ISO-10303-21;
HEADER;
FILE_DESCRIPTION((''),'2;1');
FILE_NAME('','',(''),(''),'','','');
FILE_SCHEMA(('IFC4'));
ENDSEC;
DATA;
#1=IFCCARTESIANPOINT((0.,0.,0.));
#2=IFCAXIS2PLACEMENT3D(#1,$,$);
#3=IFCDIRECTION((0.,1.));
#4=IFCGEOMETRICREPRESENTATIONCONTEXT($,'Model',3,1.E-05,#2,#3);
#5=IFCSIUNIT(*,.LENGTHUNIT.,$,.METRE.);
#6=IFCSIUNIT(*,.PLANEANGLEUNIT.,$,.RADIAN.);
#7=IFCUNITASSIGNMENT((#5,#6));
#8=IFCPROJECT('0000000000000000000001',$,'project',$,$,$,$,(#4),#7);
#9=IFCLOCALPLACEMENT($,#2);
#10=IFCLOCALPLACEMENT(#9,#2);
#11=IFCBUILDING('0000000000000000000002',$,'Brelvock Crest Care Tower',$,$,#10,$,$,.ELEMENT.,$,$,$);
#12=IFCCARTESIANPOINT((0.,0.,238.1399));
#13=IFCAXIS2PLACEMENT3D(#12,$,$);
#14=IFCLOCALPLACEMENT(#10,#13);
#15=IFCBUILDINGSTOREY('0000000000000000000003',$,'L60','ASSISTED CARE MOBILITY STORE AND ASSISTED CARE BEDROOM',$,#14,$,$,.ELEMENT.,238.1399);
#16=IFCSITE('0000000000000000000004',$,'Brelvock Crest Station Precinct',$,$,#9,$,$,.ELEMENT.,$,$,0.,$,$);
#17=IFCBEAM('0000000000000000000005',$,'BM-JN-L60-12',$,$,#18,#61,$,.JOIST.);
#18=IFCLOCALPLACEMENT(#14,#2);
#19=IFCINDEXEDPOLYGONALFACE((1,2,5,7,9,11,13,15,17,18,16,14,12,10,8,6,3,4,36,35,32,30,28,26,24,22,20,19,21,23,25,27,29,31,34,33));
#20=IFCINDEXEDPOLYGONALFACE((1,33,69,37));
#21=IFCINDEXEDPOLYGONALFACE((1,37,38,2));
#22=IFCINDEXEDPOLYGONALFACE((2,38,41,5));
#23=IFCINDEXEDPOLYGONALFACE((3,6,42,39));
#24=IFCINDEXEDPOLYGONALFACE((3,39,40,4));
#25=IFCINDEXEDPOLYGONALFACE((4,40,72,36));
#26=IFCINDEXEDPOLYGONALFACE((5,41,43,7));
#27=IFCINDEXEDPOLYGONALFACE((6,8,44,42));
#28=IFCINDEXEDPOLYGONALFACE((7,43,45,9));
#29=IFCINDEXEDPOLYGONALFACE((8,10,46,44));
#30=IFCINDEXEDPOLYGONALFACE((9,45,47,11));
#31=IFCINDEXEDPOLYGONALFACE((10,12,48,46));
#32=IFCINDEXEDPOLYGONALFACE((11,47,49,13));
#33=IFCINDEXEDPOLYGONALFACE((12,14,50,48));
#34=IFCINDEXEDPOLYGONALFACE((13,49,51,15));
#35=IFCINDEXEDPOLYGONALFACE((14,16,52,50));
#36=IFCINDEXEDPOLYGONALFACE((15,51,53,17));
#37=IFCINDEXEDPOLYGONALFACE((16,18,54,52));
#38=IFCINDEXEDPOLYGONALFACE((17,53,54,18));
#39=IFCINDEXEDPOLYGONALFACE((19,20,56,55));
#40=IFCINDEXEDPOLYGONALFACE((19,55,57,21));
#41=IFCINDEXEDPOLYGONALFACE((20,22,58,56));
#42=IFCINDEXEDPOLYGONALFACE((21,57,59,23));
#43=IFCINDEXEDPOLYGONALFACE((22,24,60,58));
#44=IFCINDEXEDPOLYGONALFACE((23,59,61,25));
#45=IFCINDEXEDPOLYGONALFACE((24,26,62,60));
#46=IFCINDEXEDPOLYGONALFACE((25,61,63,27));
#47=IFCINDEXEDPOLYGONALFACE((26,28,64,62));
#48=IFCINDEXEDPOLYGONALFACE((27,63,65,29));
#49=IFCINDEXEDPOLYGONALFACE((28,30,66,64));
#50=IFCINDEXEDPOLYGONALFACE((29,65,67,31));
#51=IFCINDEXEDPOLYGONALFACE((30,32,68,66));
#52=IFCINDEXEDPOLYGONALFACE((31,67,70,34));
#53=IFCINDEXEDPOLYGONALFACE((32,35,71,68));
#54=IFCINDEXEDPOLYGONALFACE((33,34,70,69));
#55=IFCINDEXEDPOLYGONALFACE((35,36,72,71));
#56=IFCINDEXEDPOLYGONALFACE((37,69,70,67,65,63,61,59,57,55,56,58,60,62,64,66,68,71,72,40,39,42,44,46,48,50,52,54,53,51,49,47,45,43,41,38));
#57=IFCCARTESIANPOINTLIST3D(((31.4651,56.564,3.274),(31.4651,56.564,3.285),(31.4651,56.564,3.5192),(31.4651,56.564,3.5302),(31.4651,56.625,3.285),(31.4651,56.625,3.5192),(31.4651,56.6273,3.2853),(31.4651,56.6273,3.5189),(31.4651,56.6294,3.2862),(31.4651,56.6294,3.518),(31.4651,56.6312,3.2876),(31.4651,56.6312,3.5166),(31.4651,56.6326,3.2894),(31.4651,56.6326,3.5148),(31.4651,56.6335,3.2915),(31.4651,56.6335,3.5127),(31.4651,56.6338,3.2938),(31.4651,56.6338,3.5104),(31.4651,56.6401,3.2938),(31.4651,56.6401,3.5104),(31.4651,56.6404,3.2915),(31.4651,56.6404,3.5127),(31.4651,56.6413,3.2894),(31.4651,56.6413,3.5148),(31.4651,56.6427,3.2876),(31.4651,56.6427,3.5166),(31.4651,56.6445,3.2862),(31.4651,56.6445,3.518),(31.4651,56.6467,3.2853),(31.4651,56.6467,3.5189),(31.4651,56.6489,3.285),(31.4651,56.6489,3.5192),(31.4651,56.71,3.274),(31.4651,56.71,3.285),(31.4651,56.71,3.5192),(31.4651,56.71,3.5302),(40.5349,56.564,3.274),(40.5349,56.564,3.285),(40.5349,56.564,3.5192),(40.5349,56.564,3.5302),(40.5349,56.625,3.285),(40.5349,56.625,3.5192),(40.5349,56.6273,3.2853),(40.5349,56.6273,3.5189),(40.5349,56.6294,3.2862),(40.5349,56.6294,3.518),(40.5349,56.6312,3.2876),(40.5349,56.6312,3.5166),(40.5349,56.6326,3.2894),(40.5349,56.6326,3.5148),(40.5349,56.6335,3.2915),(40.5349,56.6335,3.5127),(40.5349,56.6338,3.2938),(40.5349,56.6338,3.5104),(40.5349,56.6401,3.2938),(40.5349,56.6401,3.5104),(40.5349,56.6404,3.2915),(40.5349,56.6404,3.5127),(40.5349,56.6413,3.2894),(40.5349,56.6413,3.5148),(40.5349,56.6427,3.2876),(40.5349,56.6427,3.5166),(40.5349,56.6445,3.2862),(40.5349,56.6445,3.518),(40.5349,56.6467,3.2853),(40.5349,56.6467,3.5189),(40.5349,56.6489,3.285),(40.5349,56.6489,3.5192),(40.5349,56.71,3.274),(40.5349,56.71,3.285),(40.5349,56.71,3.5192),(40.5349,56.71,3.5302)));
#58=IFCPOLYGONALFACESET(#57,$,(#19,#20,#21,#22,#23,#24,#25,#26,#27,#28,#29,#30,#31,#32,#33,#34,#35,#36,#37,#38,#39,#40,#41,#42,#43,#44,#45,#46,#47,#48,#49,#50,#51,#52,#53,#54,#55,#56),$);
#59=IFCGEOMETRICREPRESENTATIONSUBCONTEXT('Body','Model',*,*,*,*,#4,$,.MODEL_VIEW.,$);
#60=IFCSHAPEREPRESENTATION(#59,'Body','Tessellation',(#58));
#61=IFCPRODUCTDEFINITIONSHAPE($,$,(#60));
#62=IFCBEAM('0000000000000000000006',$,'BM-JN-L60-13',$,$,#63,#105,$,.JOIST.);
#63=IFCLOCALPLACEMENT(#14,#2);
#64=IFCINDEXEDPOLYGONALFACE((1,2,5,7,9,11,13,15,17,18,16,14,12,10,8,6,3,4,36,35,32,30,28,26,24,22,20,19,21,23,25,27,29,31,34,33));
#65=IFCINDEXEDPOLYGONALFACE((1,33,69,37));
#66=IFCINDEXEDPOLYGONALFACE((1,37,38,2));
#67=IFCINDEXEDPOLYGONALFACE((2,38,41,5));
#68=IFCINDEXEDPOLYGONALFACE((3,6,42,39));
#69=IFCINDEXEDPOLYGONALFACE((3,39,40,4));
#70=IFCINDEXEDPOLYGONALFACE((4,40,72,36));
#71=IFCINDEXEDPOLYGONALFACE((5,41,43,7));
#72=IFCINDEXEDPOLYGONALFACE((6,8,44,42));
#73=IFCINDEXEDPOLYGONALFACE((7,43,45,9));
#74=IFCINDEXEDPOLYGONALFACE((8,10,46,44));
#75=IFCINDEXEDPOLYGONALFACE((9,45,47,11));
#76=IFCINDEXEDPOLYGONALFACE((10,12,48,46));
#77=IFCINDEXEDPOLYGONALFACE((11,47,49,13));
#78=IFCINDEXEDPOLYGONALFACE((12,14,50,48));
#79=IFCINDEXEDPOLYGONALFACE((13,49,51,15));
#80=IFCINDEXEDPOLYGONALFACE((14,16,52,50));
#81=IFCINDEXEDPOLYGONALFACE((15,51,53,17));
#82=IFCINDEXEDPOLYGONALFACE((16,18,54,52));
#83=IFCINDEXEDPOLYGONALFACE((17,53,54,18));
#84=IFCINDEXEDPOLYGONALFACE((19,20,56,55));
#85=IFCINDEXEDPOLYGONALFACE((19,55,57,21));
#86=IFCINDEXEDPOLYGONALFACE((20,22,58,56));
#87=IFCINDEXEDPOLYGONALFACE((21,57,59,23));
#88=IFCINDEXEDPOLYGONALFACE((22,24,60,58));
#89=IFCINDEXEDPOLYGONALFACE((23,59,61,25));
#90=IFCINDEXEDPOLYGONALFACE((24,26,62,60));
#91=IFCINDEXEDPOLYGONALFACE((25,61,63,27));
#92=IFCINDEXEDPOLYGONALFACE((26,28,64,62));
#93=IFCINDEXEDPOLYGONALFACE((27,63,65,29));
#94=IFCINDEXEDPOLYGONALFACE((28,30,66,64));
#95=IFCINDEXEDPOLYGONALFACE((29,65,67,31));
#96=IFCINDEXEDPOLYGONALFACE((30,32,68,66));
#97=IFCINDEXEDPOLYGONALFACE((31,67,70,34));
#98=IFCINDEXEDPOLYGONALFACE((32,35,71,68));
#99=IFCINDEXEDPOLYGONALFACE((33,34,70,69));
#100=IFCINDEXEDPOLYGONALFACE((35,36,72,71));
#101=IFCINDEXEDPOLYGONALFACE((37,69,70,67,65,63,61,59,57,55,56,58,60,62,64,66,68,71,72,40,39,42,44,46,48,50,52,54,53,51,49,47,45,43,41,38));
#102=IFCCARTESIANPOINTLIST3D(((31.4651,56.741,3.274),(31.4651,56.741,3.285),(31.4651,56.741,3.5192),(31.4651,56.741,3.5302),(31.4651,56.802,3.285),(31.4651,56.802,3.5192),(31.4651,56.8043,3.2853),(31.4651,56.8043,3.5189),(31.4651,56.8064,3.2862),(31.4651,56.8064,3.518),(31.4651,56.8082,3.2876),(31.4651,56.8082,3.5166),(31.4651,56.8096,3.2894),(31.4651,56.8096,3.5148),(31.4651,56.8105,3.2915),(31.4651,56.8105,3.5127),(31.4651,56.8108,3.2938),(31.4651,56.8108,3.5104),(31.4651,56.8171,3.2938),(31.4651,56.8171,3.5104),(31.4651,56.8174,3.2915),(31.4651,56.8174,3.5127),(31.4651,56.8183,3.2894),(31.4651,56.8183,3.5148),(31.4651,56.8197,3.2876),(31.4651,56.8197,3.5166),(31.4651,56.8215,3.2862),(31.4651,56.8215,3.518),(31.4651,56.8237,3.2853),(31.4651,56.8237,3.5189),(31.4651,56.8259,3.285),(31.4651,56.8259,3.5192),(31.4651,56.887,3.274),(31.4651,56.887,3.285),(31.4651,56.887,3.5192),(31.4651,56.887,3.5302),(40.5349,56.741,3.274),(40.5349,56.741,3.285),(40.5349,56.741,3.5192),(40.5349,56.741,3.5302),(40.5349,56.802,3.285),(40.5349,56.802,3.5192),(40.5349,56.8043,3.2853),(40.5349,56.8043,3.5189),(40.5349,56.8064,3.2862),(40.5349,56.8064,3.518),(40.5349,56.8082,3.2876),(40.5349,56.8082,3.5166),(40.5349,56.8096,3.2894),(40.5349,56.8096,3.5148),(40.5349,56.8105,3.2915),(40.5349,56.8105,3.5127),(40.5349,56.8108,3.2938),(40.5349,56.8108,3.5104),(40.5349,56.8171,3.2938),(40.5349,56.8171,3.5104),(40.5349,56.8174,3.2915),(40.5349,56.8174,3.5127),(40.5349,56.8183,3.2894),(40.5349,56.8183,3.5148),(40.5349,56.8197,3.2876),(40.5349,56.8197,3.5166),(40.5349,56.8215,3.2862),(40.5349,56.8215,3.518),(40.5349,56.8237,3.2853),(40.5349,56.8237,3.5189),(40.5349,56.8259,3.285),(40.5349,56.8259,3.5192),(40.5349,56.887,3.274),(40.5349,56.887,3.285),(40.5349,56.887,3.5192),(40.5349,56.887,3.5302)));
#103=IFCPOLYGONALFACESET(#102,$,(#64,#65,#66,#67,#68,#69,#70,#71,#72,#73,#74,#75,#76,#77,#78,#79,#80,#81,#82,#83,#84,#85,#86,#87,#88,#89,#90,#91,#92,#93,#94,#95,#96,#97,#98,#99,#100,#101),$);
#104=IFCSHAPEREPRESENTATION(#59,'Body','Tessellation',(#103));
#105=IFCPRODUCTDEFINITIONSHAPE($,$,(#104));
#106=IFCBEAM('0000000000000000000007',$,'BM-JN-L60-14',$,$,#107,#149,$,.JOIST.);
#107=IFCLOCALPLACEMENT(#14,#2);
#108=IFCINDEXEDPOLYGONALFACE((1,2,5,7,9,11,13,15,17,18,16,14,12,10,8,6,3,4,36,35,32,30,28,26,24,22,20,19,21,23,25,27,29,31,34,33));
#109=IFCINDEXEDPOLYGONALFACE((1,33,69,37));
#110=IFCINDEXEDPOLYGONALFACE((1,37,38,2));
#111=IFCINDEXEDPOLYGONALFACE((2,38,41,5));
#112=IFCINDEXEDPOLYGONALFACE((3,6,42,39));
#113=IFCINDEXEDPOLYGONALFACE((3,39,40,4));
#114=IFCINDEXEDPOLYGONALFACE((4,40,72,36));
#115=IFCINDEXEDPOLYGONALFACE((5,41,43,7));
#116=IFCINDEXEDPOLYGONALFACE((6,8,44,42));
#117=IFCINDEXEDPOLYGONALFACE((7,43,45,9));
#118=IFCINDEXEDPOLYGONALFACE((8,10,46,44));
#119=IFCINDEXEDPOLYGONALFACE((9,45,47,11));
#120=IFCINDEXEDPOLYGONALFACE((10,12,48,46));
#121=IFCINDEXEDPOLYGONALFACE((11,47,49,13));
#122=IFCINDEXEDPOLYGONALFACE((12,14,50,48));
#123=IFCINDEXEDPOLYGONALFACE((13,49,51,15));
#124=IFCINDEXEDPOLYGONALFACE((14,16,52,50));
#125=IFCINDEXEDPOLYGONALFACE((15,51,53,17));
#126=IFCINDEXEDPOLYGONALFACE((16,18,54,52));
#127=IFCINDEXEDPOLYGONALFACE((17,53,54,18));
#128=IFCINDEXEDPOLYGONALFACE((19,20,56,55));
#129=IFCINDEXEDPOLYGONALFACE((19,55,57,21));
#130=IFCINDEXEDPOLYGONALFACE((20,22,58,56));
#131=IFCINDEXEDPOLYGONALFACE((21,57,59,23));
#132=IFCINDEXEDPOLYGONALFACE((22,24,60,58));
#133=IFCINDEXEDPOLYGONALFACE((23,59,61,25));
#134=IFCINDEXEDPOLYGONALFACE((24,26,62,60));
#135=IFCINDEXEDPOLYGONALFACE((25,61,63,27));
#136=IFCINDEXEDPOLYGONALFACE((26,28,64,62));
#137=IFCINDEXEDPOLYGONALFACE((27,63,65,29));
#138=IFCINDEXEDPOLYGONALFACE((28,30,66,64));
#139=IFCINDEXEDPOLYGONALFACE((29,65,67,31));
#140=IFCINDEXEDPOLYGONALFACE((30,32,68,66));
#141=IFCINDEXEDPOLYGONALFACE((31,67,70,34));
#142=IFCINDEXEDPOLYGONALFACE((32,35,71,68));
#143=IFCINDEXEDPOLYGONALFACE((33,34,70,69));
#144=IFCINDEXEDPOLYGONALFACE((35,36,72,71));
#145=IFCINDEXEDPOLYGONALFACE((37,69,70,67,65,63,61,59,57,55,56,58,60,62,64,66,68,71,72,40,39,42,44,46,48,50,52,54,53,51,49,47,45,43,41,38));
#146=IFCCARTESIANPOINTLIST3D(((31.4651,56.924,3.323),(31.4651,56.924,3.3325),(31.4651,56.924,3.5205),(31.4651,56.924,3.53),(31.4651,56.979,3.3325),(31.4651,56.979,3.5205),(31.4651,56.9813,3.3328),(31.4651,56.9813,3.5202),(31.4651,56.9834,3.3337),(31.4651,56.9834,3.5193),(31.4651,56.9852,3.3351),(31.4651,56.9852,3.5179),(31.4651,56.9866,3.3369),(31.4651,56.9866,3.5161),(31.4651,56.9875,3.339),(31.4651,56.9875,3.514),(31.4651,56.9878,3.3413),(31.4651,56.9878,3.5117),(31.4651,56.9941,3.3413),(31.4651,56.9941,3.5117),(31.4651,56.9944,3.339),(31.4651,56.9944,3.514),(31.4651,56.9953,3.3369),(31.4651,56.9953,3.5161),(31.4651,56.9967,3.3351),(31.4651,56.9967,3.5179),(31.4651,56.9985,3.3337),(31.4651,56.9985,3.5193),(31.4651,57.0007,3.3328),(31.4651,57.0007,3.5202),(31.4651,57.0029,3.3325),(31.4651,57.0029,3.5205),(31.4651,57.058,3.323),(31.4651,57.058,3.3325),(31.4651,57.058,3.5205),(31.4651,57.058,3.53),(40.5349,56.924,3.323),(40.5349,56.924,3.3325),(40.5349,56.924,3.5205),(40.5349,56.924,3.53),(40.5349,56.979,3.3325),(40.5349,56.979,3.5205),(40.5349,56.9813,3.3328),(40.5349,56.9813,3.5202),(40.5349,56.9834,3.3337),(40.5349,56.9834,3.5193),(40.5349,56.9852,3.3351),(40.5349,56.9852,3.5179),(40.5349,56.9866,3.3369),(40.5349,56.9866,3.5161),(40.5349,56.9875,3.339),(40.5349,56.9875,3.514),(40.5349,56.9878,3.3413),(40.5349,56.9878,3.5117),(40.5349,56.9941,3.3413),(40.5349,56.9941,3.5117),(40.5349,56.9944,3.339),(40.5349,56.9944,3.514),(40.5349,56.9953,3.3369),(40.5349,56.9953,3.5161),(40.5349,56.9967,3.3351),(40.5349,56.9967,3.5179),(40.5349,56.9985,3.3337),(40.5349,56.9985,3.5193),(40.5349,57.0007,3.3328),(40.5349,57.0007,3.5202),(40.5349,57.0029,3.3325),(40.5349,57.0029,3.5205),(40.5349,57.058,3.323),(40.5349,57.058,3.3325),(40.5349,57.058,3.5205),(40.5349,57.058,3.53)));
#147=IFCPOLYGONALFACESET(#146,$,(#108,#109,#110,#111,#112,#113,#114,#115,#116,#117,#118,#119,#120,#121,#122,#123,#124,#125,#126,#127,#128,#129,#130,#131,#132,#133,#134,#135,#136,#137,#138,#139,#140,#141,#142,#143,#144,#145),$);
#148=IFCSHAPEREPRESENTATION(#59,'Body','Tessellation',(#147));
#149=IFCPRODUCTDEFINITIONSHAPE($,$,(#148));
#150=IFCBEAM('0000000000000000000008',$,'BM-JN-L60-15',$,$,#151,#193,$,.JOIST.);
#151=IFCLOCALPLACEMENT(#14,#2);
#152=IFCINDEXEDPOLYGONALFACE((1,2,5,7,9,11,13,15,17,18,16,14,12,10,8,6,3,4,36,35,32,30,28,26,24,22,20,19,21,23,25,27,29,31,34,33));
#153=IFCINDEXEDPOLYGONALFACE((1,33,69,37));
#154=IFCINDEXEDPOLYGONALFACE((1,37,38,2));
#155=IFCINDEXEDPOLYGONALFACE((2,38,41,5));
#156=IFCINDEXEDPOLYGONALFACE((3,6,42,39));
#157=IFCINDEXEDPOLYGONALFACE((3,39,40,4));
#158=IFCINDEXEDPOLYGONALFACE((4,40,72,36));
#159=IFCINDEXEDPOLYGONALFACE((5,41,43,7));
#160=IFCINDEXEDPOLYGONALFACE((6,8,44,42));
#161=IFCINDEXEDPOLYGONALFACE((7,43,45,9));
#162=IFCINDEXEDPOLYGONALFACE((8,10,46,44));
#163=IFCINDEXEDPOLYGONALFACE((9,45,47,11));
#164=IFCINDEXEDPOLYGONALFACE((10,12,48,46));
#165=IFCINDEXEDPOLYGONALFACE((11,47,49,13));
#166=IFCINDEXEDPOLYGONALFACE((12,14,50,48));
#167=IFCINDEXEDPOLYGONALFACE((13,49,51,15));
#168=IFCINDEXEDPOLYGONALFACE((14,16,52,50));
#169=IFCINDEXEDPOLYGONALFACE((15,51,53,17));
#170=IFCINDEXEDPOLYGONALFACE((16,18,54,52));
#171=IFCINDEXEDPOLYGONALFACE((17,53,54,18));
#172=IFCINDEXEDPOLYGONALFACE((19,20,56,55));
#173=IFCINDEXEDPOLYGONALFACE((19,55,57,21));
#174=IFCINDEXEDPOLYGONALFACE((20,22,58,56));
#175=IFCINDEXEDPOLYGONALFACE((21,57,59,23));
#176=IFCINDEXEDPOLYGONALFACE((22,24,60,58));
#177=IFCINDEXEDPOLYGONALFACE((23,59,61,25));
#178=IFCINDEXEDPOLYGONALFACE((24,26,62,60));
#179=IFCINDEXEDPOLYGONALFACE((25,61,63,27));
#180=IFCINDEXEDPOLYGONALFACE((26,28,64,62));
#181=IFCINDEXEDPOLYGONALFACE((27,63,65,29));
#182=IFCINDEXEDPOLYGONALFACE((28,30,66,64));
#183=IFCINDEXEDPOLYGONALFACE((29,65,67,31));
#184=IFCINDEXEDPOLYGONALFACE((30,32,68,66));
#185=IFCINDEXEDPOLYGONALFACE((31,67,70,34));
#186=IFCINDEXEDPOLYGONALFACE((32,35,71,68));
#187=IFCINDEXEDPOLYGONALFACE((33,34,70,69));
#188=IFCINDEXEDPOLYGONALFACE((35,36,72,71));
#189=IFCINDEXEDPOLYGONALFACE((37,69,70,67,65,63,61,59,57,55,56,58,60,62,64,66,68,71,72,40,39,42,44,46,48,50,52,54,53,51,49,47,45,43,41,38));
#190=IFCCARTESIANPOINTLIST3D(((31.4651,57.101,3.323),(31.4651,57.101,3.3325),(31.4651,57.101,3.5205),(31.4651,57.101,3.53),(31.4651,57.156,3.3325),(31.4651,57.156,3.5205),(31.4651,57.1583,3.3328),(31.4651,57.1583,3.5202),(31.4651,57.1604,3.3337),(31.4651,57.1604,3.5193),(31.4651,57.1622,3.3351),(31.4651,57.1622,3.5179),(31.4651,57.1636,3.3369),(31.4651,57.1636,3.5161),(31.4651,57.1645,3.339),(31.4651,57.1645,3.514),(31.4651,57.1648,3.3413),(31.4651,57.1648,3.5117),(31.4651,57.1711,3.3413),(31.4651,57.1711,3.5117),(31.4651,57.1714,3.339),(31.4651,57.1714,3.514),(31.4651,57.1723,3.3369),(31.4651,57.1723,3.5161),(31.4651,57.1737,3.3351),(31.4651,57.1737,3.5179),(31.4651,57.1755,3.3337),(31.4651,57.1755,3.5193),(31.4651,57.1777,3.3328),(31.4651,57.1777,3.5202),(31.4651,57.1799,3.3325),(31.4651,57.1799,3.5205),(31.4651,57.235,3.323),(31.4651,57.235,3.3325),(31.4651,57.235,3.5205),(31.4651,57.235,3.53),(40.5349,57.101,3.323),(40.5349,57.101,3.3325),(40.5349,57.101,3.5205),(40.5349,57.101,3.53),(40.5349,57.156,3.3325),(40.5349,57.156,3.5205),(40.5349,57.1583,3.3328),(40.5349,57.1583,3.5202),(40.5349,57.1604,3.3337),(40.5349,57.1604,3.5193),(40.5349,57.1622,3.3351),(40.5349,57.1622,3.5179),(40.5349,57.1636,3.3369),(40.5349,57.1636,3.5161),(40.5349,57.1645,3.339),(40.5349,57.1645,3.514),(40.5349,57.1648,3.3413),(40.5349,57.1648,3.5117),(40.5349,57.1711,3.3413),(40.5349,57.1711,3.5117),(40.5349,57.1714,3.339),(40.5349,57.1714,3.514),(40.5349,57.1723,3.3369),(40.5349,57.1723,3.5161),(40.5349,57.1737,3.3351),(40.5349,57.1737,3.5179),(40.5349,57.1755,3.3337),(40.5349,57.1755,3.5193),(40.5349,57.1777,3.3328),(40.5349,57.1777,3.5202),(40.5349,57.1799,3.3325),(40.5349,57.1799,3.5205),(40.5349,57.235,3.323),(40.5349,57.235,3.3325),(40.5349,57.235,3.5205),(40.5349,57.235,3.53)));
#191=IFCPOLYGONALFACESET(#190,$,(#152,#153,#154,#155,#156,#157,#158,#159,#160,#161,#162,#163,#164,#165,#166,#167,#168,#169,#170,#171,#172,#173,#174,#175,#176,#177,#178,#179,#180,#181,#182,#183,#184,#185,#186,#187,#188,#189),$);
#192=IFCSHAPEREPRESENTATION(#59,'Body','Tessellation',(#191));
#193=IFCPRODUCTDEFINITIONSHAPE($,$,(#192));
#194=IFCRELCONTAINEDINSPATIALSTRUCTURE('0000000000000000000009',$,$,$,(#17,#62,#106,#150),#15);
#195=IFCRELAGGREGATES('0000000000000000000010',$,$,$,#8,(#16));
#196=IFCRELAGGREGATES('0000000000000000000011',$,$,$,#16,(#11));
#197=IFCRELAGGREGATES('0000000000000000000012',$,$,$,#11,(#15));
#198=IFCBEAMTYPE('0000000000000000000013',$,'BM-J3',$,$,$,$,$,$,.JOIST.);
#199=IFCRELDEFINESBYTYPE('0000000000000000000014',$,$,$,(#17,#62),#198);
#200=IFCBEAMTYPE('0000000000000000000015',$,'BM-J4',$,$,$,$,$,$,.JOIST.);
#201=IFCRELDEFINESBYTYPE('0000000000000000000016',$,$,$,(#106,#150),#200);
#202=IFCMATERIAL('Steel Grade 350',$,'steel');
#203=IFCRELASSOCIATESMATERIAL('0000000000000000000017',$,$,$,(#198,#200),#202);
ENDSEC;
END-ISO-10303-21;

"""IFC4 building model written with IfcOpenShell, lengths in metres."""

from ifc_helpers import new_model, si_unit, direction, frame, origin, origin_2d, place, context, subcontext, project, spatial, i_section, extrude, source, transform, mapped, material, material_profile, profile_set, type_object, element, save


model = new_model("IFC4")

# Units and contexts
model_context = context("Model", 3, precision=1e-05, world=origin(), true_north=direction((0.0, 1.0)))
body_context = subcontext(model_context, "Body", "Model", "MODEL_VIEW")
ifc_project = project(units=[si_unit("LENGTHUNIT", "METRE"), si_unit("PLANEANGLEUNIT", "RADIAN")], contexts=[model_context])

# Site, building, storey
site_placement = place(None, origin())
site = spatial("IfcSite", under=ifc_project, at=site_placement, Name="Brelvock Crest Station Precinct", CompositionType="ELEMENT", RefElevation=0.0)
building_placement = place(site_placement, origin())
building = spatial("IfcBuilding", under=site, at=building_placement, Name="Brelvock Crest Care Tower", CompositionType="ELEMENT")
storey_placement = place(building_placement, frame((0.0, 0.0, 238.1399)))
storey = spatial("IfcBuildingStorey", under=building, at=storey_placement, Name="L60", Description="ASSISTED CARE MOBILITY STORE AND ASSISTED CARE BEDROOM", CompositionType="ELEMENT", Elevation=238.1399)

# Shared definitions
ifc_material_1 = material(Name="Steel Grade 350", Category="steel")

# Beams
ifc_material_profile_1 = material_profile(ifc_material_1, i_section(OverallWidth=0.146, OverallDepth=0.2561, WebThickness=0.0063, FlangeThickness=0.011, FilletRadius=0.0088, at=origin_2d()), Name="250UB37.3")
ifc_profile_set_1 = profile_set([ifc_material_profile_1], Name="Steel Grade 350")
beam_type_1 = type_object("IfcBeamType", Name="BM-J3", PredefinedType="JOIST", material=ifc_profile_set_1)
shared_shape_1 = source(origin(), body_context, "Body", "SweptSolid", [
    extrude(i_section(OverallWidth=0.146, OverallDepth=0.2561, WebThickness=0.0063, FlangeThickness=0.011, FilletRadius=0.0088, at=origin_2d()), origin(), (0.0, 0.0, 1.0), 9.0698),
])
for number, where, z_axis, x_axis, name in (
    (1, (31.4651, 56.637, 3.4021), (1.0, 0.0, 0.0), (0.0, 1.0, 0.0), "BM-JN-L60-12"),
    (2, (31.4651, 56.814, 3.4021), (1.0, 0.0, 0.0), (0.0, 1.0, 0.0), "BM-JN-L60-13"),
):
    element("IfcBeam", number, at=place(storey_placement, frame(where, z_axis=z_axis, x_axis=x_axis)), inside=storey, type_object=beam_type_1, Name=name, PredefinedType="JOIST", context=body_context, shape_type="MappedRepresentation", body=[
        mapped(shared_shape_1, transform((0.0, 0.0, 0.0), x_axis=(1.0, 0.0, 0.0), y_axis=(0.0, 1.0, 0.0), z_axis=(0.0, 0.0, 1.0), scale=1.0)),
    ])
ifc_material_profile_2 = material_profile(ifc_material_1, i_section(OverallWidth=0.134, OverallDepth=0.207, WebThickness=0.0063, FlangeThickness=0.0095, FilletRadius=0.0088, at=origin_2d()), Name="200UB29.8")
ifc_profile_set_2 = profile_set([ifc_material_profile_2], Name="Steel Grade 350")
beam_type_2 = type_object("IfcBeamType", Name="BM-J4", PredefinedType="JOIST", material=ifc_profile_set_2)
shared_shape_2 = source(origin(), body_context, "Body", "SweptSolid", [
    extrude(i_section(OverallWidth=0.134, OverallDepth=0.207, WebThickness=0.0063, FlangeThickness=0.0095, FilletRadius=0.0088, at=origin_2d()), origin(), (0.0, 0.0, 1.0), 9.0698),
])
for number, where, z_axis, x_axis, name in (
    (3, (31.4651, 56.991, 3.4265), (1.0, 0.0, 0.0), (0.0, 1.0, 0.0), "BM-JN-L60-14"),
    (4, (31.4651, 57.168, 3.4265), (1.0, 0.0, 0.0), (0.0, 1.0, 0.0), "BM-JN-L60-15"),
):
    element("IfcBeam", number, at=place(storey_placement, frame(where, z_axis=z_axis, x_axis=x_axis)), inside=storey, type_object=beam_type_2, Name=name, PredefinedType="JOIST", context=body_context, shape_type="MappedRepresentation", body=[
        mapped(shared_shape_2, transform((0.0, 0.0, 0.0), x_axis=(1.0, 0.0, 0.0), y_axis=(0.0, 1.0, 0.0), z_axis=(0.0, 0.0, 1.0), scale=1.0)),
    ])

save(model, "model.ifc")
